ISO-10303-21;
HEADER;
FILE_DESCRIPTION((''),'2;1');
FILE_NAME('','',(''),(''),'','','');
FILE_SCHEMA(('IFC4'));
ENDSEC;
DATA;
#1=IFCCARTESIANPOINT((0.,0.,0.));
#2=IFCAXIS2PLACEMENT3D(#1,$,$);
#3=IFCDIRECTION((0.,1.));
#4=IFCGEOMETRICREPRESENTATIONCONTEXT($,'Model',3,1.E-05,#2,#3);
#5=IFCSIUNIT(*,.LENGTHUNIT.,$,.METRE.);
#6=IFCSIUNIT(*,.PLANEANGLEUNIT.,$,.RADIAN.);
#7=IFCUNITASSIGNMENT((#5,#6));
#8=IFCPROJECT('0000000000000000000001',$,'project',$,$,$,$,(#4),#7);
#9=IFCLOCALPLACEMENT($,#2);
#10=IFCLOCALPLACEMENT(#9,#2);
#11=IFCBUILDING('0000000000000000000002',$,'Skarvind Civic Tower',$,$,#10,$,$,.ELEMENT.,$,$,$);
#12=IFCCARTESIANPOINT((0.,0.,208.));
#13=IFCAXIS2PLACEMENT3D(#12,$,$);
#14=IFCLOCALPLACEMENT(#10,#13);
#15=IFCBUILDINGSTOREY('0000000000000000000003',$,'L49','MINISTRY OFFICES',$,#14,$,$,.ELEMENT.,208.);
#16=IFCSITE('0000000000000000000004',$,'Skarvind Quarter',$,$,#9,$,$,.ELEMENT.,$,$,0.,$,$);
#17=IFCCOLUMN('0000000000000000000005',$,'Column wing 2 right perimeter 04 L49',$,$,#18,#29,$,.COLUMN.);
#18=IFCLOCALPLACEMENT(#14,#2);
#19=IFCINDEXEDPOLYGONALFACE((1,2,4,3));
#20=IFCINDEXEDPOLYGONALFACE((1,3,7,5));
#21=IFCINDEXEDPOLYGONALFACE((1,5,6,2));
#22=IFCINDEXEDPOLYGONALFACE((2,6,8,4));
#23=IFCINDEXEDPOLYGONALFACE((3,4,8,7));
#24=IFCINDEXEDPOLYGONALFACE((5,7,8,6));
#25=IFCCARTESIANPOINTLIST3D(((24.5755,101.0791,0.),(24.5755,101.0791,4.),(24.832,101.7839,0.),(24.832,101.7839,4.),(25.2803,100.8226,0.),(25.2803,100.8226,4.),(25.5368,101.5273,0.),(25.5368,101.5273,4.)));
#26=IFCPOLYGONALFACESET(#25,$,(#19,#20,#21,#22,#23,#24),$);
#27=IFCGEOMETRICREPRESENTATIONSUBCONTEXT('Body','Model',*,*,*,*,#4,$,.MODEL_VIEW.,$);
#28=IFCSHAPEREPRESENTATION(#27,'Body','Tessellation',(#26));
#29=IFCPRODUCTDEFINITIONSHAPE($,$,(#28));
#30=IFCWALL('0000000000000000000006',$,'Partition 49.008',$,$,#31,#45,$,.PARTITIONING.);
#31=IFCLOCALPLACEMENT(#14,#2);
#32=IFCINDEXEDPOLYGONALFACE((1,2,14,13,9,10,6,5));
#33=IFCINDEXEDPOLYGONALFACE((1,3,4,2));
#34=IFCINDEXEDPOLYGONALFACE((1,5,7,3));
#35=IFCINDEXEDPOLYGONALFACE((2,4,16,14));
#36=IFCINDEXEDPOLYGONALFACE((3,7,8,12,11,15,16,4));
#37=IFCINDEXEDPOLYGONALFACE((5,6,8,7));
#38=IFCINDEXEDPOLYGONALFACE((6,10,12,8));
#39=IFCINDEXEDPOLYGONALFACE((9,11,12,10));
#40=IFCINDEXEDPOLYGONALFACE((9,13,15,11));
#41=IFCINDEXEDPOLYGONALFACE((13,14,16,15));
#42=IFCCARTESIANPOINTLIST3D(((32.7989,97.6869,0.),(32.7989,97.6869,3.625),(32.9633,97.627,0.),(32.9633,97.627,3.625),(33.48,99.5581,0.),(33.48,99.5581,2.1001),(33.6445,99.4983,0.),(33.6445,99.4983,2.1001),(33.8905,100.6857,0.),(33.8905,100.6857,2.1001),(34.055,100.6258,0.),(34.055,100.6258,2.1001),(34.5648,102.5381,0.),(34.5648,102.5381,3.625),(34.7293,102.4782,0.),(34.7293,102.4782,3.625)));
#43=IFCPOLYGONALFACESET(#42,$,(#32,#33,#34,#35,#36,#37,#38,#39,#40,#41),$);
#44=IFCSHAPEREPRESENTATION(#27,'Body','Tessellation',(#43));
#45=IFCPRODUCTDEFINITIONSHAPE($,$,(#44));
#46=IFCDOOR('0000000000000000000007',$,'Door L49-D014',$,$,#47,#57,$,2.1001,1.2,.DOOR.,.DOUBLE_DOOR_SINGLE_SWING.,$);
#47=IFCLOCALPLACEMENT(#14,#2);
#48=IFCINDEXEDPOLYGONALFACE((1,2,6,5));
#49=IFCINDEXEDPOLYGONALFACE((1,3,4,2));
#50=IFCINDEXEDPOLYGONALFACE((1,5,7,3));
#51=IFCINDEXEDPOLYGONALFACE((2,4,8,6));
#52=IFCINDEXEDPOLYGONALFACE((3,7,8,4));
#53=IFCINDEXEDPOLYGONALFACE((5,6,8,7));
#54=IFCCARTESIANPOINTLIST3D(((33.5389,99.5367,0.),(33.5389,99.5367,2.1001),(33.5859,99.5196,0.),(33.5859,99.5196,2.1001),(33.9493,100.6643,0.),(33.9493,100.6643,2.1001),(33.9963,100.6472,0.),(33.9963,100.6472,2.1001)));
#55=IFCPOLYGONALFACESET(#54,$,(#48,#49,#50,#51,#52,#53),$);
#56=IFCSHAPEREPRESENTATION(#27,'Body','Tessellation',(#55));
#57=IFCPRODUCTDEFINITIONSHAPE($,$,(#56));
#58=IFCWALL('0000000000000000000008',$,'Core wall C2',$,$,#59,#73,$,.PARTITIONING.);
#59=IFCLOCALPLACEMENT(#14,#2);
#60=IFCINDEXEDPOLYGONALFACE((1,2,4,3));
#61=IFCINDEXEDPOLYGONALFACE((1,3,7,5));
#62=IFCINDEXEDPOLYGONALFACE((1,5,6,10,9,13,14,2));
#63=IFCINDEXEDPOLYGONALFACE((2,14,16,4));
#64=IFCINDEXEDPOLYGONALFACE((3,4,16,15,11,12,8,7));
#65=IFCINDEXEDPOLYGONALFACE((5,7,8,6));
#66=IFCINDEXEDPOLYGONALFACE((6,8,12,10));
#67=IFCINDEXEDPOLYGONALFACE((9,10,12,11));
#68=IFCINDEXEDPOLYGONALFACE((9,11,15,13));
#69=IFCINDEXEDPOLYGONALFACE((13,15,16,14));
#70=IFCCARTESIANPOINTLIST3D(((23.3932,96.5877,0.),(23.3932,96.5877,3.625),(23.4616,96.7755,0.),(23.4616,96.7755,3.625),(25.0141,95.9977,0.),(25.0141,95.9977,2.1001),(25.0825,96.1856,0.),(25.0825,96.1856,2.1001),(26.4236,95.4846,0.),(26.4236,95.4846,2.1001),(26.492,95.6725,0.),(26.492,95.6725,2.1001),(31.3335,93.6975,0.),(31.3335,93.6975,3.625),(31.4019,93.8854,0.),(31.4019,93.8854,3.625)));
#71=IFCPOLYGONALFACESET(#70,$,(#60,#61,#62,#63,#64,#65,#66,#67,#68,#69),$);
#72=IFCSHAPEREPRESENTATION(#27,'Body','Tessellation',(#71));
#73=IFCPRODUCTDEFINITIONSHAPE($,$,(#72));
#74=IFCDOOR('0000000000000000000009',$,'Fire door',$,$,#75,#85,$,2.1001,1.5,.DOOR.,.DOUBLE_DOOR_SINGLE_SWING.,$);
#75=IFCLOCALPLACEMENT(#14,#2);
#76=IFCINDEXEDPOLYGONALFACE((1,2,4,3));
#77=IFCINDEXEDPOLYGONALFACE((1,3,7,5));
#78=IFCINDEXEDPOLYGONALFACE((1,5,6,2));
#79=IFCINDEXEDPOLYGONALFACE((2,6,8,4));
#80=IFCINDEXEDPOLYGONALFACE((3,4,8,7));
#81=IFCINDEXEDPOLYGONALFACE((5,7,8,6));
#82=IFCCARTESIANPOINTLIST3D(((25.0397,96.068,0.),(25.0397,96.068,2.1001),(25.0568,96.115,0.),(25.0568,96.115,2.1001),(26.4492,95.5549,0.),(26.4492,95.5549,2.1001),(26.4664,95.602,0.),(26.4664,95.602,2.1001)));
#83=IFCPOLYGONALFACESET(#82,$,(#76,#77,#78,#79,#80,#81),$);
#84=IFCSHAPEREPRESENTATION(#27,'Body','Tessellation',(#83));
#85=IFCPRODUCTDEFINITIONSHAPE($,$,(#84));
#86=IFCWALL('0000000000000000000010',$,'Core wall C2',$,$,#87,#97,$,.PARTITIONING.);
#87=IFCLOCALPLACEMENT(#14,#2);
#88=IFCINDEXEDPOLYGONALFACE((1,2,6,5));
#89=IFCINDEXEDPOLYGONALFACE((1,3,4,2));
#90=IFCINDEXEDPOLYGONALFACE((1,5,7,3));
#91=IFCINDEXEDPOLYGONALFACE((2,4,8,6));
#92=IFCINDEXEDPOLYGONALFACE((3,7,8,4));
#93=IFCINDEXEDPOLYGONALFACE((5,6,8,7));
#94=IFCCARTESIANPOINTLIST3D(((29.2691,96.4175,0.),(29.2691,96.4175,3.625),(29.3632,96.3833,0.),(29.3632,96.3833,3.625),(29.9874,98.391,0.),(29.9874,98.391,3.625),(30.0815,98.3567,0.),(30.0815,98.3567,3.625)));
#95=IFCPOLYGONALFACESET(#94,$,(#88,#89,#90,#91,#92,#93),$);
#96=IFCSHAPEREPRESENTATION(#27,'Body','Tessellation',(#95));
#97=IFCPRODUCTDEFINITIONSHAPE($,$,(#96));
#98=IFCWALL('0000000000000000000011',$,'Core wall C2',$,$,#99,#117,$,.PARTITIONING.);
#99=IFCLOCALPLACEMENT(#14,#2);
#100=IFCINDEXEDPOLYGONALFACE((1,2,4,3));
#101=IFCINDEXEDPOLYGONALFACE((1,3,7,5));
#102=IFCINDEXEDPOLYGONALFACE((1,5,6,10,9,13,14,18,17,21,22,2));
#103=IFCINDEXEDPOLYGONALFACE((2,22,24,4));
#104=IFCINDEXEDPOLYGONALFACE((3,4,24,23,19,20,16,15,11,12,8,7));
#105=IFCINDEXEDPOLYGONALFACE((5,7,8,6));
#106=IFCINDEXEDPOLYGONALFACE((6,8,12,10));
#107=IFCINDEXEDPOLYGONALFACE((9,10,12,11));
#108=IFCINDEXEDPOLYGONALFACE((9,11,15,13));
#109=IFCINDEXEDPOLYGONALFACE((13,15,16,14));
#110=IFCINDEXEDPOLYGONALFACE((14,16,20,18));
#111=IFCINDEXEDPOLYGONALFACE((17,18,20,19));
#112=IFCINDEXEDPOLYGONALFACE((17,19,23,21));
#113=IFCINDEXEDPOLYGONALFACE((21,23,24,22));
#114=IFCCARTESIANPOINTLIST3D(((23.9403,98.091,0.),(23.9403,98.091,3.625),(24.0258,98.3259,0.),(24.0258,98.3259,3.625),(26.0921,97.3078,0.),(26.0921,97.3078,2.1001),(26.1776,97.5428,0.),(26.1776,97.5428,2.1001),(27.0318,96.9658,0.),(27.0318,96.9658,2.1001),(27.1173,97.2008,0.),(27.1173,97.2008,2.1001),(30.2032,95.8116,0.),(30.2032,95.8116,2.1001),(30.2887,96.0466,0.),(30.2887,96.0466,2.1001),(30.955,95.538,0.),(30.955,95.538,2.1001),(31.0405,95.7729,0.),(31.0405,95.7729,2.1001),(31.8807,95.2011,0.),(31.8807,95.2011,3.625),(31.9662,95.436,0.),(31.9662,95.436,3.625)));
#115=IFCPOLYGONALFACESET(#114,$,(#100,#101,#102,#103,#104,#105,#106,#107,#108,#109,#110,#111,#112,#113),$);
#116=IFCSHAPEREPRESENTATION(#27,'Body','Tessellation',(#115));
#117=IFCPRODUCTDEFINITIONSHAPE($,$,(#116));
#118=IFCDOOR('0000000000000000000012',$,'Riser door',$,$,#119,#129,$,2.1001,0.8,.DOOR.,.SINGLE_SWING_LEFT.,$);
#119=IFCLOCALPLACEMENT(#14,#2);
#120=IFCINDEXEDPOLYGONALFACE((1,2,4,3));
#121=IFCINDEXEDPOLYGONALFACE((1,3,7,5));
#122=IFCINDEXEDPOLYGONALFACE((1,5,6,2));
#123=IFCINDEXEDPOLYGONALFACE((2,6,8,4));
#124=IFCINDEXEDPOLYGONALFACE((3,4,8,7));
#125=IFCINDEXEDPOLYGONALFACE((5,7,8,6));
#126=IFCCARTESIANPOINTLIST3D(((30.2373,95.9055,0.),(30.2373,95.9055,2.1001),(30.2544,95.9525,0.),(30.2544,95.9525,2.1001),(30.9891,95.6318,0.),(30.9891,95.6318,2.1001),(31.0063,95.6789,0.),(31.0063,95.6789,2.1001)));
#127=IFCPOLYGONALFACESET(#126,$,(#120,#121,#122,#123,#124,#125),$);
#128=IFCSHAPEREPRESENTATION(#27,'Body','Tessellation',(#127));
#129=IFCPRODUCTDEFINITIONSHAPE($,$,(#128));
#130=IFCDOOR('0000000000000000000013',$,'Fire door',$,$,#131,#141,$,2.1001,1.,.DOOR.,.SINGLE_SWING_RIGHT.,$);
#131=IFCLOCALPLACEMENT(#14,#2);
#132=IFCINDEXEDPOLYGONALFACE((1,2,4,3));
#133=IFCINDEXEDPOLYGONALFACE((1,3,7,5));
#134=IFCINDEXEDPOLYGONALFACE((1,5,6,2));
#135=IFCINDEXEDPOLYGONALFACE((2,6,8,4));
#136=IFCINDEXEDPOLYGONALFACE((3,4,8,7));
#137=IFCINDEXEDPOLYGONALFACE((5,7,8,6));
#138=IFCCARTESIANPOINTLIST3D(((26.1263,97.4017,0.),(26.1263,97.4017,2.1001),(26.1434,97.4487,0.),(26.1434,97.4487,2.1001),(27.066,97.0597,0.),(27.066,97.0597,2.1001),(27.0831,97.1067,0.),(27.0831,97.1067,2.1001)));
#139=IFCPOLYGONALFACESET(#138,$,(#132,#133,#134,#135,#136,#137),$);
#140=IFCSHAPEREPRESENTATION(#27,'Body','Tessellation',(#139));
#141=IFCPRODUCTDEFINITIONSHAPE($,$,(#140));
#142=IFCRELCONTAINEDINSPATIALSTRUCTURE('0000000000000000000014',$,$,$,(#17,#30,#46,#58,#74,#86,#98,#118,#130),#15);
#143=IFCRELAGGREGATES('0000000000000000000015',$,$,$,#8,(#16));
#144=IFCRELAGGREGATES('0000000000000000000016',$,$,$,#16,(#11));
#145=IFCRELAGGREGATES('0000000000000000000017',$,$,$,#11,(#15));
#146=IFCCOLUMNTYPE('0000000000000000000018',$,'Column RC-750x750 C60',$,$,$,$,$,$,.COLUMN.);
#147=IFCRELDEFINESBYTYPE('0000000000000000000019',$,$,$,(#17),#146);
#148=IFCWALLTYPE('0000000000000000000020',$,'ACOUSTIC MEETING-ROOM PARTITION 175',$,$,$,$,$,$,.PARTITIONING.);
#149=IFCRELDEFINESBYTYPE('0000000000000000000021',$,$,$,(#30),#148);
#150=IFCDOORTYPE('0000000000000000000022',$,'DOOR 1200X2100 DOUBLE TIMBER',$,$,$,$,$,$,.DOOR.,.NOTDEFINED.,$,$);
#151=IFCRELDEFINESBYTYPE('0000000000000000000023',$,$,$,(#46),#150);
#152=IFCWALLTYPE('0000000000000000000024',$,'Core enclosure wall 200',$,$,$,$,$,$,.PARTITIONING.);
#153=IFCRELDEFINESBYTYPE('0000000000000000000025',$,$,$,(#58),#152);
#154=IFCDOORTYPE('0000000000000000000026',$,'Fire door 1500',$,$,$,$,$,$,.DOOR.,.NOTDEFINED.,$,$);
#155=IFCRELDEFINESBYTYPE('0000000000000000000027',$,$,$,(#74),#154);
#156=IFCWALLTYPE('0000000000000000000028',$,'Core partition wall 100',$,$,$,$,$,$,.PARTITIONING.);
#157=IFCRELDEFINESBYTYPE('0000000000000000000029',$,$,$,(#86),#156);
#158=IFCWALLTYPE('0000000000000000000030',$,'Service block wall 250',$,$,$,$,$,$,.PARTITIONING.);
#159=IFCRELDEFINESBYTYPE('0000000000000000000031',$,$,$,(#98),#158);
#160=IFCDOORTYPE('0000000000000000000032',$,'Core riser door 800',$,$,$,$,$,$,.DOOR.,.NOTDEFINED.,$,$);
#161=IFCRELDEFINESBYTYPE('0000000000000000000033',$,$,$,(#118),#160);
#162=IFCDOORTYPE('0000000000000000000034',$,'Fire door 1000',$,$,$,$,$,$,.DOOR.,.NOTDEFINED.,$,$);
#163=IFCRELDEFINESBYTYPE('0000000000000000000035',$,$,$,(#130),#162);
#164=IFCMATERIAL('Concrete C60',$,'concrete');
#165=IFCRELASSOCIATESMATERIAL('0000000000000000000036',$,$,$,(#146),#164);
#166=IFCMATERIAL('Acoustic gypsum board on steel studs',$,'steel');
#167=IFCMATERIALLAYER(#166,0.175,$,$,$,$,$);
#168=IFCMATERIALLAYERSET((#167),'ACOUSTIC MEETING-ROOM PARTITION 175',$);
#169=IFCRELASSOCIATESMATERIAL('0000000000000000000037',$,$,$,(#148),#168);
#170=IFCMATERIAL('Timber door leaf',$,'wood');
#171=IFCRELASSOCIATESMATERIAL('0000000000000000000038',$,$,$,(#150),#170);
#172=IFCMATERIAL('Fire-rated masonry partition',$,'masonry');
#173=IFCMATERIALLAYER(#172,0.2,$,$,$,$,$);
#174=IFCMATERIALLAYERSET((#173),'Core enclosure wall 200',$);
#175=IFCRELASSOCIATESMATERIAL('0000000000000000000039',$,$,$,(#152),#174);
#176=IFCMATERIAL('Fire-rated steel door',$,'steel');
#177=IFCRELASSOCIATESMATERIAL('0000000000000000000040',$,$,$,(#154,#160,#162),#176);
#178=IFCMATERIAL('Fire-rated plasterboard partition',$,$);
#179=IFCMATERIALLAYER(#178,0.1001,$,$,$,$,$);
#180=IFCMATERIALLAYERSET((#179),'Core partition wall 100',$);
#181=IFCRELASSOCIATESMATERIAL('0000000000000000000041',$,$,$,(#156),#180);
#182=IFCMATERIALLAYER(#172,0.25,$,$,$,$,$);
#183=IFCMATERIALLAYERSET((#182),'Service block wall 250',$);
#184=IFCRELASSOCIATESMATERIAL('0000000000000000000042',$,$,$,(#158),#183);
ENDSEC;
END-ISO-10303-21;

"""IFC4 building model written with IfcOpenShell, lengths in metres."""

from ifc_helpers import new_model, si_unit, direction, frame, frame_2d, origin, origin_2d, place, context, subcontext, project, spatial, rectangle, extrude, material, layer, layer_set, material_profile, profile_set, type_object, element, fill, save


model = new_model("IFC4")

# Units and contexts
model_context = context("Model", 3, precision=1e-05, world=origin(), true_north=direction((0.0, 1.0)))
body_context = subcontext(model_context, "Body", "Model", "MODEL_VIEW")
ifc_project = project(units=[si_unit("LENGTHUNIT", "METRE"), si_unit("PLANEANGLEUNIT", "RADIAN")], contexts=[model_context])

# Site, building, storey
site_placement = place(None, origin())
site = spatial("IfcSite", under=ifc_project, at=site_placement, Name="Skarvind Quarter", CompositionType="ELEMENT", RefElevation=0.0)
building_placement = place(site_placement, origin())
building = spatial("IfcBuilding", under=site, at=building_placement, Name="Skarvind Civic Tower", CompositionType="ELEMENT")
storey_placement = place(building_placement, frame((0.0, 0.0, 208.0)))
storey = spatial("IfcBuildingStorey", under=building, at=storey_placement, Name="L49", Description="MINISTRY OFFICES", CompositionType="ELEMENT", Elevation=208.0)

# Column
ifc_material_1 = material(Name="Concrete C60", Category="concrete")
ifc_material_profile = material_profile(ifc_material_1, rectangle(XDim=0.75, YDim=0.75, at=origin_2d()), Name="RC-750x750")
ifc_profile_set = profile_set([ifc_material_profile], Name="Concrete C60")
column_type = type_object("IfcColumnType", Name="Column RC-750x750 C60", PredefinedType="COLUMN", material=ifc_profile_set)
column_placement = place(storey_placement, frame((25.0562, 101.3032, 0.0), z_axis=(0.0, 0.0, 1.0), x_axis=(-0.34202, -0.939693, 0.0)))
element("IfcColumn", 1, at=column_placement, inside=storey, type_object=column_type, Name="Column wing 2 right perimeter 04 L49", PredefinedType="COLUMN", context=body_context, shape_type="SweptSolid", body=[
    extrude(rectangle(XDim=0.75, YDim=0.75, at=origin_2d()), origin(), (0.0, 0.0, 1.0), 4.0),
])

# Walls, openings, doors
ifc_material_2 = material(Name="Acoustic gypsum board on steel studs", Category="steel")
ifc_layer_1 = layer(ifc_material_2, 0.175)
ifc_layer_set_1 = layer_set([ifc_layer_1], Name="ACOUSTIC MEETING-ROOM PARTITION 175")
wall_type_1 = type_object("IfcWallType", Name="ACOUSTIC MEETING-ROOM PARTITION 175", PredefinedType="PARTITIONING", material=ifc_layer_set_1)
wall_1_placement = place(storey_placement, frame((32.8811, 97.657, 0.0), z_axis=(0.0, 0.0, 1.0), x_axis=(0.342058, 0.939679, 0.0)))
wall_1 = element("IfcWall", 2, at=wall_1_placement, inside=storey, type_object=wall_type_1, Name="Partition 49.008", PredefinedType="PARTITIONING", context=body_context, shape_type="SweptSolid", body=[
    extrude(rectangle(XDim=5.1626, YDim=0.175, at=frame_2d((2.5813, 0.0))), origin(), (0.0, 0.0, 1.0), 3.625),
])
opening_1_placement = place(wall_1_placement, frame((1.9912, 0.0, 0.0)))
opening_1 = element("IfcOpeningElement", 3, at=opening_1_placement, cuts=wall_1, PredefinedType="OPENING", context=body_context, shape_type="SweptSolid", body=[
    extrude(rectangle(XDim=1.2, YDim=2.1001, at=frame_2d((0.6001, 1.05))), frame((0.0, 0.0974, 0.0), z_axis=(0.0, -1.0, 0.0), x_axis=(1.0, 0.0, 0.0)), (0.0, 0.0, 1.0), 0.1951),
])
ifc_material_3 = material(Name="Timber door leaf", Category="wood")
door_type_1 = type_object("IfcDoorType", Name="DOOR 1200X2100 DOUBLE TIMBER", OperationType="NOTDEFINED", PredefinedType="DOOR", material=ifc_material_3)
door_1_placement = place(opening_1_placement, origin())
door_1 = element("IfcDoor", 4, at=door_1_placement, inside=storey, type_object=door_type_1, Name="Door L49-D014", OperationType="DOUBLE_DOOR_SINGLE_SWING", OverallHeight=2.1001, OverallWidth=1.2, PredefinedType="DOOR", context=body_context, shape_type="SweptSolid", body=[
    extrude(rectangle(XDim=1.2, YDim=2.1001, at=frame_2d((0.6001, 1.05))), frame((0.0, 0.0249, 0.0), z_axis=(0.0, -1.0, 0.0), x_axis=(1.0, 0.0, 0.0)), (0.0, 0.0, 1.0), 0.05),
])
fill(opening_1, door_1)
ifc_material_4 = material(Name="Fire-rated masonry partition", Category="masonry")
ifc_layer_2 = layer(ifc_material_4, 0.2)
ifc_layer_set_2 = layer_set([ifc_layer_2], Name="Core enclosure wall 200")
wall_type_2 = type_object("IfcWallType", Name="Core enclosure wall 200", PredefinedType="PARTITIONING", material=ifc_layer_set_2)
wall_2_placement = place(storey_placement, frame((23.4272, 96.6816, 0.0), z_axis=(0.0, 0.0, 1.0), x_axis=(0.93969, -0.342026, 0.0)))
wall_2 = element("IfcWall", 5, at=wall_2_placement, inside=storey, type_object=wall_type_2, Name="Core wall C2", PredefinedType="PARTITIONING", context=body_context, shape_type="SweptSolid", body=[
    extrude(rectangle(XDim=8.45, YDim=0.2, at=frame_2d((4.2251, 0.0))), origin(), (0.0, 0.0, 1.0), 3.625),
])
opening_2_placement = place(wall_2_placement, frame((1.7251, 0.0, 0.0)))
opening_2 = element("IfcOpeningElement", 6, at=opening_2_placement, cuts=wall_2, PredefinedType="OPENING", context=body_context, shape_type="SweptSolid", body=[
    extrude(rectangle(XDim=1.5, YDim=2.1001, at=frame_2d((0.75, 1.05))), frame((0.0, 0.1099, 0.0), z_axis=(0.0, -1.0, 0.0), x_axis=(1.0, 0.0, 0.0)), (0.0, 0.0, 1.0), 0.22),
])
ifc_material_5 = material(Name="Fire-rated steel door", Category="steel")
door_type_2 = type_object("IfcDoorType", Name="Fire door 1500", OperationType="NOTDEFINED", PredefinedType="DOOR", material=ifc_material_5)
door_2_placement = place(opening_2_placement, origin())
door_2 = element("IfcDoor", 7, at=door_2_placement, inside=storey, type_object=door_type_2, Name="Fire door", OperationType="DOUBLE_DOOR_SINGLE_SWING", OverallHeight=2.1001, OverallWidth=1.5, PredefinedType="DOOR", context=body_context, shape_type="SweptSolid", body=[
    extrude(rectangle(XDim=1.5, YDim=2.1001, at=frame_2d((0.75, 1.05))), frame((0.0, 0.0249, 0.0), z_axis=(0.0, -1.0, 0.0), x_axis=(1.0, 0.0, 0.0)), (0.0, 0.0, 1.0), 0.05),
])
fill(opening_2, door_2)

# Wall
ifc_material_6 = material(Name="Fire-rated plasterboard partition")
ifc_layer_3 = layer(ifc_material_6, 0.1001)
ifc_layer_set_3 = layer_set([ifc_layer_3], Name="Core partition wall 100")
wall_type_3 = type_object("IfcWallType", Name="Core partition wall 100", PredefinedType="PARTITIONING", material=ifc_layer_set_3)
wall_3_placement = place(storey_placement, frame((29.3162, 96.4004, 0.0), z_axis=(0.0, 0.0, 1.0), x_axis=(0.342023, 0.939692, 0.0)))
element("IfcWall", 8, at=wall_3_placement, inside=storey, type_object=wall_type_3, Name="Core wall C2", PredefinedType="PARTITIONING", context=body_context, shape_type="SweptSolid", body=[
    extrude(rectangle(XDim=2.1001, YDim=0.1001, at=frame_2d((1.05, 0.0))), origin(), (0.0, 0.0, 1.0), 3.625),
])

# Wall, openings, doors
ifc_layer_4 = layer(ifc_material_4, 0.25)
ifc_layer_set_4 = layer_set([ifc_layer_4], Name="Service block wall 250")
wall_type_4 = type_object("IfcWallType", Name="Service block wall 250", PredefinedType="PARTITIONING", material=ifc_layer_set_4)
wall_4_placement = place(storey_placement, frame((23.9829, 98.2085, 0.0), z_axis=(0.0, 0.0, 1.0), x_axis=(0.9397, -0.342001, 0.0)))
wall_4 = element("IfcWall", 9, at=wall_4_placement, inside=storey, type_object=wall_type_4, Name="Core wall C2", PredefinedType="PARTITIONING", context=body_context, shape_type="SweptSolid", body=[
    extrude(rectangle(XDim=8.45, YDim=0.25, at=frame_2d((4.2251, 0.0))), origin(), (0.0, 0.0, 1.0), 3.625),
])
opening_3_placement = place(wall_4_placement, frame((6.665, 0.0, 0.0)))
opening_3 = element("IfcOpeningElement", 10, at=opening_3_placement, cuts=wall_4, PredefinedType="OPENING", context=body_context, shape_type="SweptSolid", body=[
    extrude(rectangle(XDim=0.8, YDim=2.1001, at=frame_2d((0.3999, 1.05))), frame((0.0, 0.135, 0.0), z_axis=(0.0, -1.0, 0.0), x_axis=(1.0, 0.0, 0.0)), (0.0, 0.0, 1.0), 0.27),
])
opening_4_placement = place(wall_4_placement, frame((2.29, 0.0, 0.0)))
opening_4 = element("IfcOpeningElement", 11, at=opening_4_placement, cuts=wall_4, PredefinedType="OPENING", context=body_context, shape_type="SweptSolid", body=[
    extrude(rectangle(XDim=1.0, YDim=2.1001, at=frame_2d((0.5, 1.05))), frame((0.0, 0.135, 0.0), z_axis=(0.0, -1.0, 0.0), x_axis=(1.0, 0.0, 0.0)), (0.0, 0.0, 1.0), 0.27),
])
door_type_3 = type_object("IfcDoorType", Name="Core riser door 800", OperationType="NOTDEFINED", PredefinedType="DOOR", material=ifc_material_5)
door_3_placement = place(opening_3_placement, origin())
door_3 = element("IfcDoor", 12, at=door_3_placement, inside=storey, type_object=door_type_3, Name="Riser door", OperationType="SINGLE_SWING_LEFT", OverallHeight=2.1001, OverallWidth=0.8, PredefinedType="DOOR", context=body_context, shape_type="SweptSolid", body=[
    extrude(rectangle(XDim=0.8, YDim=2.1001, at=frame_2d((0.3999, 1.05))), frame((0.0, 0.0249, 0.0), z_axis=(0.0, -1.0, 0.0), x_axis=(1.0, 0.0, 0.0)), (0.0, 0.0, 1.0), 0.05),
])
fill(opening_3, door_3)
door_type_4 = type_object("IfcDoorType", Name="Fire door 1000", OperationType="NOTDEFINED", PredefinedType="DOOR", material=ifc_material_5)
door_4_placement = place(opening_4_placement, origin())
door_4 = element("IfcDoor", 13, at=door_4_placement, inside=storey, type_object=door_type_4, Name="Fire door", OperationType="SINGLE_SWING_RIGHT", OverallHeight=2.1001, OverallWidth=1.0, PredefinedType="DOOR", context=body_context, shape_type="SweptSolid", body=[
    extrude(rectangle(XDim=1.0, YDim=2.1001, at=frame_2d((0.5, 1.05))), frame((0.0, 0.0249, 0.0), z_axis=(0.0, -1.0, 0.0), x_axis=(1.0, 0.0, 0.0)), (0.0, 0.0, 1.0), 0.05),
])
fill(opening_4, door_4)

save(model, "model.ifc")
